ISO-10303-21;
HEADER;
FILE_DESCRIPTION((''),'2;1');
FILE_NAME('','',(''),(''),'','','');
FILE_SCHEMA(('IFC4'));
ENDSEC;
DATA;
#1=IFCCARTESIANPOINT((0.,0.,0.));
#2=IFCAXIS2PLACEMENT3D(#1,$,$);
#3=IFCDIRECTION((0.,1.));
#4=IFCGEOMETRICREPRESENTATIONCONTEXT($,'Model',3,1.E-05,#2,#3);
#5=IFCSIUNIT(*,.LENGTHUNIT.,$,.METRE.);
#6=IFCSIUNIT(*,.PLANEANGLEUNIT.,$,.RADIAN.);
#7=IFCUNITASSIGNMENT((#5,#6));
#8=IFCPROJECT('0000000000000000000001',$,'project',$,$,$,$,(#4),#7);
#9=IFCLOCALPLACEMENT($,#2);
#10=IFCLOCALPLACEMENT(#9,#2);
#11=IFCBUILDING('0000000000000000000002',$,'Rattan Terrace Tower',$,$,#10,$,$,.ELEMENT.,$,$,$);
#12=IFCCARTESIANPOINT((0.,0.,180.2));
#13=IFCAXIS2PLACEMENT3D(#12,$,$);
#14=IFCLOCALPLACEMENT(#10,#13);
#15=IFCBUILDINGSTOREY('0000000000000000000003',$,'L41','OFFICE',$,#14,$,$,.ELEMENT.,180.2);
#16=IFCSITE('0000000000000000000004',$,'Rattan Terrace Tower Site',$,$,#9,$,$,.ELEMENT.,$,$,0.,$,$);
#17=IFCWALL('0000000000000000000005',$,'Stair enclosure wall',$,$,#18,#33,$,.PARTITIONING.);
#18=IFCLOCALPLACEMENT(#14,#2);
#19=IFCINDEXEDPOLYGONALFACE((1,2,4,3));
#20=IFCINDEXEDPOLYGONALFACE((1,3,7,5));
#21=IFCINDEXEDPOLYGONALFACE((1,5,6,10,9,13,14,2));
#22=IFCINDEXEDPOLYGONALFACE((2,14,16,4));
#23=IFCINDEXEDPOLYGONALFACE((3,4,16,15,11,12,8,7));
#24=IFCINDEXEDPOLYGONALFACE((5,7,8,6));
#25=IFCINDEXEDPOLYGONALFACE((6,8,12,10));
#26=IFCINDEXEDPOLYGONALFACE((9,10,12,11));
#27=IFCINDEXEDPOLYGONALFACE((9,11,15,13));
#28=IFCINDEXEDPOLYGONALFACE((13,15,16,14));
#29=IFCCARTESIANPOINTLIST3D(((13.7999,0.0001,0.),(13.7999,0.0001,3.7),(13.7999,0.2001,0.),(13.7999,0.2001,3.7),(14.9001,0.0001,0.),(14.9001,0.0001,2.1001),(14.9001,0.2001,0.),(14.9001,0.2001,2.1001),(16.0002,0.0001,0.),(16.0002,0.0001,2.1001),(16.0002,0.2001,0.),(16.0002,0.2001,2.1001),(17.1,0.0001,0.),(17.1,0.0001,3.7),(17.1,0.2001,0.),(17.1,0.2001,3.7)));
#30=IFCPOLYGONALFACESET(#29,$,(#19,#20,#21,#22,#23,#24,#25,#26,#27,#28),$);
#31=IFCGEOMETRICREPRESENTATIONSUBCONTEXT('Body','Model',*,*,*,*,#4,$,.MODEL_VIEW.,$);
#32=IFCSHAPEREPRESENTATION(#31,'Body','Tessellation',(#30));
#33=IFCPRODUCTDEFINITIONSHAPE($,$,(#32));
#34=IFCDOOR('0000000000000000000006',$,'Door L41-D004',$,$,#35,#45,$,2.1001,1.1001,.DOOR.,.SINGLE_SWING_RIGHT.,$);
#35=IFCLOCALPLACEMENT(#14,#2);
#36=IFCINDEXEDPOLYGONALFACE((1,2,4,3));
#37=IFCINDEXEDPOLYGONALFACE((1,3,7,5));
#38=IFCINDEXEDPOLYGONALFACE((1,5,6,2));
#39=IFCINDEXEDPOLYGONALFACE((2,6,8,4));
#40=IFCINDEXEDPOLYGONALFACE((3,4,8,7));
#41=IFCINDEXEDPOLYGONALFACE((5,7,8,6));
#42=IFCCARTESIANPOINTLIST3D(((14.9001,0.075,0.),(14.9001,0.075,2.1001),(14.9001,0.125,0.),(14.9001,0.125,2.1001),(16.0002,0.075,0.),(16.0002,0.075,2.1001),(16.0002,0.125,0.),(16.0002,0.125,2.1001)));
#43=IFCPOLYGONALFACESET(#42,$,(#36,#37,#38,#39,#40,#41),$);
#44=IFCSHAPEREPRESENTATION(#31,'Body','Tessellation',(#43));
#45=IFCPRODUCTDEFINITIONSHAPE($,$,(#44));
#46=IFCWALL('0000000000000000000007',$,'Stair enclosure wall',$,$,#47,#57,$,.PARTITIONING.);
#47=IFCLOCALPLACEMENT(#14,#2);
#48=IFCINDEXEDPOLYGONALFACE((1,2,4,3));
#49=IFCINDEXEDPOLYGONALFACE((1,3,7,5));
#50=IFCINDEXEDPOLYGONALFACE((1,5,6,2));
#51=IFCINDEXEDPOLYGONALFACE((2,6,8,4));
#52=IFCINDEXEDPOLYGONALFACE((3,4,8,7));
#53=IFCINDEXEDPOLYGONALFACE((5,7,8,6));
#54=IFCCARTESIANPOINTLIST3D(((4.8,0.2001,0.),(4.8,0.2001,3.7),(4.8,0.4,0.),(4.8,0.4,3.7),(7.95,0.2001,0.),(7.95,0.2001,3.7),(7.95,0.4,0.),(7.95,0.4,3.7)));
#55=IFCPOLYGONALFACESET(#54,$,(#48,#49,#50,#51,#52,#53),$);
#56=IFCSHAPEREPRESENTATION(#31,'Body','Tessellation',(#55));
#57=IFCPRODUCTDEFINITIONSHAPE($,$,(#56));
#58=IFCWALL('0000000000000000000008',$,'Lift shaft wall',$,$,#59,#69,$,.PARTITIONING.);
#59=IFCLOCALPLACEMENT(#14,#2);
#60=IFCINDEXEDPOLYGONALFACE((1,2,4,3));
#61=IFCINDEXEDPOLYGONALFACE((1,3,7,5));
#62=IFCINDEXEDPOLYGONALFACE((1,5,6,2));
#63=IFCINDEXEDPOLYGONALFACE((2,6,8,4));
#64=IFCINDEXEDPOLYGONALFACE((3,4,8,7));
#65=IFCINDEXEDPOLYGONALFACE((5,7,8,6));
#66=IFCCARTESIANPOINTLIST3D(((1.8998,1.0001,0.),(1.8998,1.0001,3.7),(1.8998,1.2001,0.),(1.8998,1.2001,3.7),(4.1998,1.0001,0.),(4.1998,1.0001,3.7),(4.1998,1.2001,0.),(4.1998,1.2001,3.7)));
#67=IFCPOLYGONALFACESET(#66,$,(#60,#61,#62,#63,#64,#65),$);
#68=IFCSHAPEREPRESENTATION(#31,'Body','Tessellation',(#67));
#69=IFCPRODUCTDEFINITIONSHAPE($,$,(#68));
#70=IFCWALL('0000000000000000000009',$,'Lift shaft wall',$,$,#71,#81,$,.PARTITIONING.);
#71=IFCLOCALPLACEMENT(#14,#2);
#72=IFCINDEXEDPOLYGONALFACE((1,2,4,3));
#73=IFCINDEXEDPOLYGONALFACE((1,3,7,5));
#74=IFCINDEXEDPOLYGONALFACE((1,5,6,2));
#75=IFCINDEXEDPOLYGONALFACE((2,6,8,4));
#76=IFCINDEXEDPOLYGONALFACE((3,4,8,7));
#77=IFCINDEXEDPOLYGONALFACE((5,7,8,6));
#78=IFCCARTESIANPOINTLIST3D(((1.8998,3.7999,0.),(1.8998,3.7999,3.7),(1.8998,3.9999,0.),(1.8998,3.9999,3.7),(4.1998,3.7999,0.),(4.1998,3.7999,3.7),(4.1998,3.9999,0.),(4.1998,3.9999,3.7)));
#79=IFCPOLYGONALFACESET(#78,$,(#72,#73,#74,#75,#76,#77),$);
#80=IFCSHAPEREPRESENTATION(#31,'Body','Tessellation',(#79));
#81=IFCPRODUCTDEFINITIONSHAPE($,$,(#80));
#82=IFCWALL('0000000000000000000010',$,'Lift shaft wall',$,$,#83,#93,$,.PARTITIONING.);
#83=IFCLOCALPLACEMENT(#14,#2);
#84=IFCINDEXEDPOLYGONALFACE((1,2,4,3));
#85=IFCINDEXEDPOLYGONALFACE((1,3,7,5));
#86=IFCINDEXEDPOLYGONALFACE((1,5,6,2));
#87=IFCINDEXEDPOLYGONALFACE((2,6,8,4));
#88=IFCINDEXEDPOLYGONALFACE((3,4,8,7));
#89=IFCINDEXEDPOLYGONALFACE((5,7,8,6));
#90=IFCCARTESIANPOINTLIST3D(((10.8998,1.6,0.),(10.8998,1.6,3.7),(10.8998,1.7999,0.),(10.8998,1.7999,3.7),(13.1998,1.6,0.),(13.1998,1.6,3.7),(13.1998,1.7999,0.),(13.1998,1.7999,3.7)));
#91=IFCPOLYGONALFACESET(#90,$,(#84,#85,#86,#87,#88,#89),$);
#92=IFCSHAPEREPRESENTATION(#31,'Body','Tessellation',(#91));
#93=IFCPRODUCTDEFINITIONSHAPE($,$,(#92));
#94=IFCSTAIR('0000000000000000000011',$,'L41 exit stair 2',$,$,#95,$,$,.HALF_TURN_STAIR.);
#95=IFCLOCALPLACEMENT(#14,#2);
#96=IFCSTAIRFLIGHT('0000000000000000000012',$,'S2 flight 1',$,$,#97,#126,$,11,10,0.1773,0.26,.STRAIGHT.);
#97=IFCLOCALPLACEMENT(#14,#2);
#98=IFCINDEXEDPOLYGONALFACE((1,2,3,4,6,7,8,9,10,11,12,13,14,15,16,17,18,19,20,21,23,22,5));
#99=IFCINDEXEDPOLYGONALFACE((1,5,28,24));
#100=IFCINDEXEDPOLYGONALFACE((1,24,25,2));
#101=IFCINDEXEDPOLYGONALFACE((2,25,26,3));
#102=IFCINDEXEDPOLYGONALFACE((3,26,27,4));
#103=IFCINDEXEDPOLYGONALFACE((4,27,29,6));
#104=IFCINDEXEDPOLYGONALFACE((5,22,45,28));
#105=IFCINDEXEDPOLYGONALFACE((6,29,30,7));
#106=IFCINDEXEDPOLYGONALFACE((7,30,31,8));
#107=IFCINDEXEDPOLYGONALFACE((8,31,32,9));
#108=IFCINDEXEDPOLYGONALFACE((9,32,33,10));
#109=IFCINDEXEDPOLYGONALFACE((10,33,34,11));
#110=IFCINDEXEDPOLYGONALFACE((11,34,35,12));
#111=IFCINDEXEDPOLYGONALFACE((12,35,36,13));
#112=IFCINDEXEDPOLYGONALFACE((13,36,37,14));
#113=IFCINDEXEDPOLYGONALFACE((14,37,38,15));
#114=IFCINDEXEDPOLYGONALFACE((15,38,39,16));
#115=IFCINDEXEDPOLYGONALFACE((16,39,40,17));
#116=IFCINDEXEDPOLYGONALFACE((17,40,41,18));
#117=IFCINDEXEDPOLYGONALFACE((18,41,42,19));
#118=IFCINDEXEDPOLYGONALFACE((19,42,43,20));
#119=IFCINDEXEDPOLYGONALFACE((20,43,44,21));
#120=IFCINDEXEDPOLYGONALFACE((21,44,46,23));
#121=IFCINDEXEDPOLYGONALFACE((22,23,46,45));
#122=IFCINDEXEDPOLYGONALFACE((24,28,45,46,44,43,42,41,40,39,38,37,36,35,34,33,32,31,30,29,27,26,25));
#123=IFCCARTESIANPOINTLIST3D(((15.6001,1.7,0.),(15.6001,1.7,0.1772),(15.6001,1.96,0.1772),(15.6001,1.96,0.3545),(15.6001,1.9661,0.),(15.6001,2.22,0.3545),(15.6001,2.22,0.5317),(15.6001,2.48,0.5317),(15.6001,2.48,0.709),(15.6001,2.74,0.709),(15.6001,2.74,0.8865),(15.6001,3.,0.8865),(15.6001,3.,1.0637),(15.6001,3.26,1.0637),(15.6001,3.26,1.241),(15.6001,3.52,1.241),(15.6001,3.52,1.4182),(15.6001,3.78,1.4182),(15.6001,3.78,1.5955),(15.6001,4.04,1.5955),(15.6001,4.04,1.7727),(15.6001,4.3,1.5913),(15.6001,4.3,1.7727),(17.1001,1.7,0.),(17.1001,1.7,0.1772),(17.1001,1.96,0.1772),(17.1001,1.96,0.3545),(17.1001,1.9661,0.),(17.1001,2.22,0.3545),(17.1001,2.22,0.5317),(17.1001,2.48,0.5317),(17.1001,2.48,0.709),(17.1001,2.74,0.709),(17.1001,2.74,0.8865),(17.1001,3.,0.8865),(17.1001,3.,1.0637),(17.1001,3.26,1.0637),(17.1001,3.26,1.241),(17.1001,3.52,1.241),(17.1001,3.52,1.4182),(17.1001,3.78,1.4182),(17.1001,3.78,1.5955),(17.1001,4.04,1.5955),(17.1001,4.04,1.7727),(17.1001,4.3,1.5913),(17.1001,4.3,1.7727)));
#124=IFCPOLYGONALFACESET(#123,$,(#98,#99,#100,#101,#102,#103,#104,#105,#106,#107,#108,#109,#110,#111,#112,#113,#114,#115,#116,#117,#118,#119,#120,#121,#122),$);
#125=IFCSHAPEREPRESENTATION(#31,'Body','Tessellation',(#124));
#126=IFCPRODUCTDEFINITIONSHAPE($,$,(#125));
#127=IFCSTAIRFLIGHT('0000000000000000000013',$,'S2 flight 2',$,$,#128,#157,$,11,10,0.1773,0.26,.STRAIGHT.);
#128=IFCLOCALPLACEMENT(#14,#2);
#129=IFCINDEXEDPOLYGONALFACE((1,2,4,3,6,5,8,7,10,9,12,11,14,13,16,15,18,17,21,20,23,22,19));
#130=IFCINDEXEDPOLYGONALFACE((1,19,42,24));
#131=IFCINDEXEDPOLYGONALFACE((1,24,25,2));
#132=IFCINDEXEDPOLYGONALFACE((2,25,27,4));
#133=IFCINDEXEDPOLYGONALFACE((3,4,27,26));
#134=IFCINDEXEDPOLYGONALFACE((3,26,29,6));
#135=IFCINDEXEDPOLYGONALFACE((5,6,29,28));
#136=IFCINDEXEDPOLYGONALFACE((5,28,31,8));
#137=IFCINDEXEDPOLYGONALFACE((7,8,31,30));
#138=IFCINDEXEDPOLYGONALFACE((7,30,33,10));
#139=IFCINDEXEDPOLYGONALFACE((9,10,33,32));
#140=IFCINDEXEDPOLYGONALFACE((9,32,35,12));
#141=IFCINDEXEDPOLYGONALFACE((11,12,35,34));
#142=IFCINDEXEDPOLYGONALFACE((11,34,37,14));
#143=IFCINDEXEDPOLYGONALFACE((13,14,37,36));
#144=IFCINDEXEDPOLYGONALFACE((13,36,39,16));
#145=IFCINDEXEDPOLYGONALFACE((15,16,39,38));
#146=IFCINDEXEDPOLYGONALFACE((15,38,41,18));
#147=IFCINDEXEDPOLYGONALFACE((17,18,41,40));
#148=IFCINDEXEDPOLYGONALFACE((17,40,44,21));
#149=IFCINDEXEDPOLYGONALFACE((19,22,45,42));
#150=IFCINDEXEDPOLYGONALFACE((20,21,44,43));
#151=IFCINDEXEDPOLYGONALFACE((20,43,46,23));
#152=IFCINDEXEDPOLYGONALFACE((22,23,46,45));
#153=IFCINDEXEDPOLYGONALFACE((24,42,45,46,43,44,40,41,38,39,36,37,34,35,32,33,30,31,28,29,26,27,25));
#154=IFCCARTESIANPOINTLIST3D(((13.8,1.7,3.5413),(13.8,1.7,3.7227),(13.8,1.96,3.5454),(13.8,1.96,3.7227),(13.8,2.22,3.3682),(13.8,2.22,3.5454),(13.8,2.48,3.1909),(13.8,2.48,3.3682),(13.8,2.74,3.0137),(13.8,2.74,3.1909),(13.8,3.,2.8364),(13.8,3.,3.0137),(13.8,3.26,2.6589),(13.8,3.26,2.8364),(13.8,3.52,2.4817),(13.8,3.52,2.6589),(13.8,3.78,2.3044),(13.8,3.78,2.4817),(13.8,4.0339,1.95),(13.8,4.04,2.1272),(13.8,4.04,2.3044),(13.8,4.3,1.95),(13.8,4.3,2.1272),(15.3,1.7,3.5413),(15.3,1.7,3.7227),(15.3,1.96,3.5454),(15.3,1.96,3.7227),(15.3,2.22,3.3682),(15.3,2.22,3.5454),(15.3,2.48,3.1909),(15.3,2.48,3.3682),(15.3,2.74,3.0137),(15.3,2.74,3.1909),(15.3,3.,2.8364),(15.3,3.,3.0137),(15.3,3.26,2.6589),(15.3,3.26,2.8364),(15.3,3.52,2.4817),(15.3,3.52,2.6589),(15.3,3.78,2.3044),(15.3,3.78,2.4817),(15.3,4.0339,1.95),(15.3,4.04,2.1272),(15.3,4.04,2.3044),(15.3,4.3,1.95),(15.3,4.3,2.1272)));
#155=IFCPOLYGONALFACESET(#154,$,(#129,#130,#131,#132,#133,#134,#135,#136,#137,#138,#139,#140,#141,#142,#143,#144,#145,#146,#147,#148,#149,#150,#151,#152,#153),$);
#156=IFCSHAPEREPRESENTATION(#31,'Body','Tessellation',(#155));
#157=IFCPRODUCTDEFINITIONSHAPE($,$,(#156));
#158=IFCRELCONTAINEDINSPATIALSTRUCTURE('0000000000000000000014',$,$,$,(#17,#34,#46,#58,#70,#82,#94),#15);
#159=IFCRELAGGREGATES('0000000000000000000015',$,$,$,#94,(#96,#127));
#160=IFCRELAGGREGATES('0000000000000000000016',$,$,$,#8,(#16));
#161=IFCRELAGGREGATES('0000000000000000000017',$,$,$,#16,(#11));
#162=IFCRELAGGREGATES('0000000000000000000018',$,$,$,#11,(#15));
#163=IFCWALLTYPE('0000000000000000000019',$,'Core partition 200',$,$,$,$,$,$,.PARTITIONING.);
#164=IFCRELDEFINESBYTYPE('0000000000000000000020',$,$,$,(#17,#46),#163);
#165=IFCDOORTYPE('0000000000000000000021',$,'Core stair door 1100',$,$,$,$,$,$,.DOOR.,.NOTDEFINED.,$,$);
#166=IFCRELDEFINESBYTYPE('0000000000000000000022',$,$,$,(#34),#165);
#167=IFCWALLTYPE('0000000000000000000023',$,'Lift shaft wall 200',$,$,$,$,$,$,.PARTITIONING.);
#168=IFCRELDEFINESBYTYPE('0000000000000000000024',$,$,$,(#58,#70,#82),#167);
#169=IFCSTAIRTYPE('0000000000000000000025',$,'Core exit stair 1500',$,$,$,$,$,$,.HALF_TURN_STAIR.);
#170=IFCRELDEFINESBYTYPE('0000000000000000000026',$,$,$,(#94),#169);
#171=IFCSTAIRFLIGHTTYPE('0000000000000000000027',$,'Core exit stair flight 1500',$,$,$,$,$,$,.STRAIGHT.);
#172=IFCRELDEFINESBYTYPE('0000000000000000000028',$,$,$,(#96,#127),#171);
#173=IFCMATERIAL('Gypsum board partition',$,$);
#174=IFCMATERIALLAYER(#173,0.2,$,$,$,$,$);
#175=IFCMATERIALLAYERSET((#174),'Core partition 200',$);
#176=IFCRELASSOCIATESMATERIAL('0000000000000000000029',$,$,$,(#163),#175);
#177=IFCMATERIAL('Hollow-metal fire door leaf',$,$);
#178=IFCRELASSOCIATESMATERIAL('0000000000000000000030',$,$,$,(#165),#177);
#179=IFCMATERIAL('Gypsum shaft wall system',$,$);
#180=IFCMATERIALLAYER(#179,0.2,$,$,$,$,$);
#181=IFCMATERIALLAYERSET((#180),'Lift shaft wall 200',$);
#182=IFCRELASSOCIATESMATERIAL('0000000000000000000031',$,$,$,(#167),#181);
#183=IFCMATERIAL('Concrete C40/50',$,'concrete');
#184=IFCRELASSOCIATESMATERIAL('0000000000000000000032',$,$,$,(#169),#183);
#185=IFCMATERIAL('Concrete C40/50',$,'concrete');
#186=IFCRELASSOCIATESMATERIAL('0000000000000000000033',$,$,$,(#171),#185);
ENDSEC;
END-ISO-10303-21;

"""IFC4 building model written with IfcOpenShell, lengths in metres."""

from ifc_helpers import new_model, si_unit, direction, frame, frame_2d, origin, place, context, subcontext, project, spatial, polyline, rectangle, outline, extrude, material, layer, layer_set, type_object, element, fill, aggregate, save


model = new_model("IFC4")

# Units and contexts
model_context = context("Model", 3, precision=1e-05, world=origin(), true_north=direction((0.0, 1.0)))
body_context = subcontext(model_context, "Body", "Model", "MODEL_VIEW")
ifc_project = project(units=[si_unit("LENGTHUNIT", "METRE"), si_unit("PLANEANGLEUNIT", "RADIAN")], contexts=[model_context])

# Site, building, storey
site_placement = place(None, origin())
site = spatial("IfcSite", under=ifc_project, at=site_placement, Name="Rattan Terrace Tower Site", CompositionType="ELEMENT", RefElevation=0.0)
building_placement = place(site_placement, origin())
building = spatial("IfcBuilding", under=site, at=building_placement, Name="Rattan Terrace Tower", CompositionType="ELEMENT")
storey_placement = place(building_placement, frame((0.0, 0.0, 180.2)))
storey = spatial("IfcBuildingStorey", under=building, at=storey_placement, Name="L41", Description="OFFICE", CompositionType="ELEMENT", Elevation=180.2)

# Wall, opening, door
ifc_material_1 = material(Name="Gypsum board partition")
ifc_layer_1 = layer(ifc_material_1, 0.2)
ifc_layer_set_1 = layer_set([ifc_layer_1], Name="Core partition 200")
wall_type_1 = type_object("IfcWallType", Name="Core partition 200", PredefinedType="PARTITIONING", material=ifc_layer_set_1)
wall_1_placement = place(storey_placement, frame((13.8, 0.1001, 0.0), z_axis=(0.0, 0.0, 1.0), x_axis=(1.0, 0.0, 0.0)))
wall_1 = element("IfcWall", 1, at=wall_1_placement, inside=storey, type_object=wall_type_1, Name="Stair enclosure wall", PredefinedType="PARTITIONING", context=body_context, shape_type="SweptSolid", body=[
    extrude(rectangle(XDim=3.3, YDim=0.2, at=frame_2d((1.6499, 0.0))), origin(), (0.0, 0.0, 1.0), 3.7),
])
opening_placement = place(wall_1_placement, frame((1.1001, 0.0, 0.0)))
opening = element("IfcOpeningElement", 2, at=opening_placement, cuts=wall_1, PredefinedType="OPENING", context=body_context, shape_type="SweptSolid", body=[
    extrude(rectangle(XDim=1.1001, YDim=2.1001, at=frame_2d((0.55, 1.05))), frame((0.0, 0.1106, 0.0), z_axis=(0.0, -1.0, 0.0), x_axis=(1.0, 0.0, 0.0)), (0.0, 0.0, 1.0), 0.2209),
])
ifc_material_2 = material(Name="Hollow-metal fire door leaf")
door_type = type_object("IfcDoorType", Name="Core stair door 1100", OperationType="NOTDEFINED", PredefinedType="DOOR", material=ifc_material_2)
door_placement = place(opening_placement, origin())
door = element("IfcDoor", 3, at=door_placement, inside=storey, type_object=door_type, Name="Door L41-D004", OperationType="SINGLE_SWING_RIGHT", OverallHeight=2.1001, OverallWidth=1.1001, PredefinedType="DOOR", context=body_context, shape_type="SweptSolid", body=[
    extrude(rectangle(XDim=1.1001, YDim=2.1001, at=frame_2d((0.55, 1.05))), frame((0.0, 0.0249, 0.0), z_axis=(0.0, -1.0, 0.0), x_axis=(1.0, 0.0, 0.0)), (0.0, 0.0, 1.0), 0.05),
])
fill(opening, door)

# Walls
wall_2_placement = place(storey_placement, frame((4.8, 0.3, 0.0), z_axis=(0.0, 0.0, 1.0), x_axis=(1.0, 0.0, 0.0)))
element("IfcWall", 4, at=wall_2_placement, inside=storey, type_object=wall_type_1, Name="Stair enclosure wall", PredefinedType="PARTITIONING", context=body_context, shape_type="SweptSolid", body=[
    extrude(rectangle(XDim=3.1499, YDim=0.2, at=frame_2d((1.575, 0.0))), origin(), (0.0, 0.0, 1.0), 3.7),
])
ifc_material_3 = material(Name="Gypsum shaft wall system")
ifc_layer_2 = layer(ifc_material_3, 0.2)
ifc_layer_set_2 = layer_set([ifc_layer_2], Name="Lift shaft wall 200")
wall_type_2 = type_object("IfcWallType", Name="Lift shaft wall 200", PredefinedType="PARTITIONING", material=ifc_layer_set_2)
for number, where, z_axis, x_axis, name in (
    (5, (1.8999, 1.1001, 0.0), (0.0, 0.0, 1.0), (1.0, 0.0, 0.0), "Lift shaft wall"),
    (6, (1.8999, 3.8999, 0.0), (0.0, 0.0, 1.0), (1.0, 0.0, 0.0), "Lift shaft wall"),
    (7, (10.8999, 1.7, 0.0), (0.0, 0.0, 1.0), (1.0, 0.0, 0.0), "Lift shaft wall"),
):
    element("IfcWall", number, at=place(storey_placement, frame(where, z_axis=z_axis, x_axis=x_axis)), inside=storey, type_object=wall_type_2, Name=name, PredefinedType="PARTITIONING", context=body_context, shape_type="SweptSolid", body=[
        extrude(rectangle(XDim=2.3, YDim=0.2, at=frame_2d((1.1499, 0.0))), origin(), (0.0, 0.0, 1.0), 3.7),
    ])

# Stair, stair flights
ifc_material_4 = material(Name="Concrete C40/50", Category="concrete")
stair_type = type_object("IfcStairType", Name="Core exit stair 1500", PredefinedType="HALF_TURN_STAIR", material=ifc_material_4)
stair_1_placement = place(storey_placement, origin())
stair_1 = element("IfcStair", 8, at=stair_1_placement, inside=storey, type_object=stair_type, Name="L41 exit stair 2", PredefinedType="HALF_TURN_STAIR")
ifc_material_5 = material(Name="Concrete C40/50", Category="concrete")
stair_flight_type = type_object("IfcStairFlightType", Name="Core exit stair flight 1500", PredefinedType="STRAIGHT", material=ifc_material_5)
stair_flight_1_placement = place(storey_placement, frame((16.3501, 1.7, 0.0), z_axis=(0.0, 0.0, 1.0), x_axis=(0.0, 1.0, 0.0)))
stair_flight_1 = element("IfcStairFlight", 9, at=stair_flight_1_placement, type_object=stair_flight_type, Name="S2 flight 1", NumberOfRisers=11, NumberOfTreads=10, PredefinedType="STRAIGHT", RiserHeight=0.1773, TreadLength=0.26, context=body_context, shape_type="SweptSolid", body=[
    extrude(outline(polyline([(0.0, 0.0), (0.0, 0.1772), (0.26, 0.1772), (0.26, 0.3545), (0.52, 0.3545), (0.52, 0.5317), (0.78, 0.5317), (0.78, 0.709), (1.04, 0.709), (1.04, 0.8865), (1.3, 0.8865), (1.3, 1.0637), (1.5601, 1.0637), (1.5601, 1.241), (1.8201, 1.241), (1.8201, 1.4182), (2.0801, 1.4182), (2.0801, 1.5955), (2.3401, 1.5955), (2.3401, 1.7727), (2.6001, 1.7727), (2.6001, 1.95), (2.6001, 1.5913), (0.2661, 0.0), (0.0, 0.0)])), frame((0.0, 0.75, 0.0), z_axis=(0.0, -1.0, 0.0), x_axis=(1.0, 0.0, 0.0)), (0.0, 0.0, 1.0), 1.5),
])
stair_flight_2_placement = place(storey_placement, frame((14.55, 4.3, 1.95), z_axis=(0.0, 0.0, 1.0), x_axis=(0.0, -1.0, 0.0)))
stair_flight_2 = element("IfcStairFlight", 10, at=stair_flight_2_placement, type_object=stair_flight_type, Name="S2 flight 2", NumberOfRisers=11, NumberOfTreads=10, PredefinedType="STRAIGHT", RiserHeight=0.1773, TreadLength=0.26, context=body_context, shape_type="SweptSolid", body=[
    extrude(outline(polyline([(0.0, 0.0), (0.0, 0.1772), (0.26, 0.1772), (0.26, 0.3545), (0.52, 0.3545), (0.52, 0.5317), (0.78, 0.5317), (0.78, 0.709), (1.04, 0.709), (1.04, 0.8865), (1.3, 0.8865), (1.3, 1.0637), (1.5601, 1.0637), (1.5601, 1.241), (1.8201, 1.241), (1.8201, 1.4182), (2.0801, 1.4182), (2.0801, 1.5955), (2.3401, 1.5955), (2.3401, 1.7727), (2.6001, 1.7727), (2.6001, 1.95), (2.6001, 1.5913), (0.2661, 0.0), (0.0, 0.0)])), frame((0.0, 0.75, 0.0), z_axis=(0.0, -1.0, 0.0), x_axis=(1.0, 0.0, 0.0)), (0.0, 0.0, 1.0), 1.5),
])
aggregate(stair_1, [stair_flight_1, stair_flight_2])

save(model, "model.ifc")
